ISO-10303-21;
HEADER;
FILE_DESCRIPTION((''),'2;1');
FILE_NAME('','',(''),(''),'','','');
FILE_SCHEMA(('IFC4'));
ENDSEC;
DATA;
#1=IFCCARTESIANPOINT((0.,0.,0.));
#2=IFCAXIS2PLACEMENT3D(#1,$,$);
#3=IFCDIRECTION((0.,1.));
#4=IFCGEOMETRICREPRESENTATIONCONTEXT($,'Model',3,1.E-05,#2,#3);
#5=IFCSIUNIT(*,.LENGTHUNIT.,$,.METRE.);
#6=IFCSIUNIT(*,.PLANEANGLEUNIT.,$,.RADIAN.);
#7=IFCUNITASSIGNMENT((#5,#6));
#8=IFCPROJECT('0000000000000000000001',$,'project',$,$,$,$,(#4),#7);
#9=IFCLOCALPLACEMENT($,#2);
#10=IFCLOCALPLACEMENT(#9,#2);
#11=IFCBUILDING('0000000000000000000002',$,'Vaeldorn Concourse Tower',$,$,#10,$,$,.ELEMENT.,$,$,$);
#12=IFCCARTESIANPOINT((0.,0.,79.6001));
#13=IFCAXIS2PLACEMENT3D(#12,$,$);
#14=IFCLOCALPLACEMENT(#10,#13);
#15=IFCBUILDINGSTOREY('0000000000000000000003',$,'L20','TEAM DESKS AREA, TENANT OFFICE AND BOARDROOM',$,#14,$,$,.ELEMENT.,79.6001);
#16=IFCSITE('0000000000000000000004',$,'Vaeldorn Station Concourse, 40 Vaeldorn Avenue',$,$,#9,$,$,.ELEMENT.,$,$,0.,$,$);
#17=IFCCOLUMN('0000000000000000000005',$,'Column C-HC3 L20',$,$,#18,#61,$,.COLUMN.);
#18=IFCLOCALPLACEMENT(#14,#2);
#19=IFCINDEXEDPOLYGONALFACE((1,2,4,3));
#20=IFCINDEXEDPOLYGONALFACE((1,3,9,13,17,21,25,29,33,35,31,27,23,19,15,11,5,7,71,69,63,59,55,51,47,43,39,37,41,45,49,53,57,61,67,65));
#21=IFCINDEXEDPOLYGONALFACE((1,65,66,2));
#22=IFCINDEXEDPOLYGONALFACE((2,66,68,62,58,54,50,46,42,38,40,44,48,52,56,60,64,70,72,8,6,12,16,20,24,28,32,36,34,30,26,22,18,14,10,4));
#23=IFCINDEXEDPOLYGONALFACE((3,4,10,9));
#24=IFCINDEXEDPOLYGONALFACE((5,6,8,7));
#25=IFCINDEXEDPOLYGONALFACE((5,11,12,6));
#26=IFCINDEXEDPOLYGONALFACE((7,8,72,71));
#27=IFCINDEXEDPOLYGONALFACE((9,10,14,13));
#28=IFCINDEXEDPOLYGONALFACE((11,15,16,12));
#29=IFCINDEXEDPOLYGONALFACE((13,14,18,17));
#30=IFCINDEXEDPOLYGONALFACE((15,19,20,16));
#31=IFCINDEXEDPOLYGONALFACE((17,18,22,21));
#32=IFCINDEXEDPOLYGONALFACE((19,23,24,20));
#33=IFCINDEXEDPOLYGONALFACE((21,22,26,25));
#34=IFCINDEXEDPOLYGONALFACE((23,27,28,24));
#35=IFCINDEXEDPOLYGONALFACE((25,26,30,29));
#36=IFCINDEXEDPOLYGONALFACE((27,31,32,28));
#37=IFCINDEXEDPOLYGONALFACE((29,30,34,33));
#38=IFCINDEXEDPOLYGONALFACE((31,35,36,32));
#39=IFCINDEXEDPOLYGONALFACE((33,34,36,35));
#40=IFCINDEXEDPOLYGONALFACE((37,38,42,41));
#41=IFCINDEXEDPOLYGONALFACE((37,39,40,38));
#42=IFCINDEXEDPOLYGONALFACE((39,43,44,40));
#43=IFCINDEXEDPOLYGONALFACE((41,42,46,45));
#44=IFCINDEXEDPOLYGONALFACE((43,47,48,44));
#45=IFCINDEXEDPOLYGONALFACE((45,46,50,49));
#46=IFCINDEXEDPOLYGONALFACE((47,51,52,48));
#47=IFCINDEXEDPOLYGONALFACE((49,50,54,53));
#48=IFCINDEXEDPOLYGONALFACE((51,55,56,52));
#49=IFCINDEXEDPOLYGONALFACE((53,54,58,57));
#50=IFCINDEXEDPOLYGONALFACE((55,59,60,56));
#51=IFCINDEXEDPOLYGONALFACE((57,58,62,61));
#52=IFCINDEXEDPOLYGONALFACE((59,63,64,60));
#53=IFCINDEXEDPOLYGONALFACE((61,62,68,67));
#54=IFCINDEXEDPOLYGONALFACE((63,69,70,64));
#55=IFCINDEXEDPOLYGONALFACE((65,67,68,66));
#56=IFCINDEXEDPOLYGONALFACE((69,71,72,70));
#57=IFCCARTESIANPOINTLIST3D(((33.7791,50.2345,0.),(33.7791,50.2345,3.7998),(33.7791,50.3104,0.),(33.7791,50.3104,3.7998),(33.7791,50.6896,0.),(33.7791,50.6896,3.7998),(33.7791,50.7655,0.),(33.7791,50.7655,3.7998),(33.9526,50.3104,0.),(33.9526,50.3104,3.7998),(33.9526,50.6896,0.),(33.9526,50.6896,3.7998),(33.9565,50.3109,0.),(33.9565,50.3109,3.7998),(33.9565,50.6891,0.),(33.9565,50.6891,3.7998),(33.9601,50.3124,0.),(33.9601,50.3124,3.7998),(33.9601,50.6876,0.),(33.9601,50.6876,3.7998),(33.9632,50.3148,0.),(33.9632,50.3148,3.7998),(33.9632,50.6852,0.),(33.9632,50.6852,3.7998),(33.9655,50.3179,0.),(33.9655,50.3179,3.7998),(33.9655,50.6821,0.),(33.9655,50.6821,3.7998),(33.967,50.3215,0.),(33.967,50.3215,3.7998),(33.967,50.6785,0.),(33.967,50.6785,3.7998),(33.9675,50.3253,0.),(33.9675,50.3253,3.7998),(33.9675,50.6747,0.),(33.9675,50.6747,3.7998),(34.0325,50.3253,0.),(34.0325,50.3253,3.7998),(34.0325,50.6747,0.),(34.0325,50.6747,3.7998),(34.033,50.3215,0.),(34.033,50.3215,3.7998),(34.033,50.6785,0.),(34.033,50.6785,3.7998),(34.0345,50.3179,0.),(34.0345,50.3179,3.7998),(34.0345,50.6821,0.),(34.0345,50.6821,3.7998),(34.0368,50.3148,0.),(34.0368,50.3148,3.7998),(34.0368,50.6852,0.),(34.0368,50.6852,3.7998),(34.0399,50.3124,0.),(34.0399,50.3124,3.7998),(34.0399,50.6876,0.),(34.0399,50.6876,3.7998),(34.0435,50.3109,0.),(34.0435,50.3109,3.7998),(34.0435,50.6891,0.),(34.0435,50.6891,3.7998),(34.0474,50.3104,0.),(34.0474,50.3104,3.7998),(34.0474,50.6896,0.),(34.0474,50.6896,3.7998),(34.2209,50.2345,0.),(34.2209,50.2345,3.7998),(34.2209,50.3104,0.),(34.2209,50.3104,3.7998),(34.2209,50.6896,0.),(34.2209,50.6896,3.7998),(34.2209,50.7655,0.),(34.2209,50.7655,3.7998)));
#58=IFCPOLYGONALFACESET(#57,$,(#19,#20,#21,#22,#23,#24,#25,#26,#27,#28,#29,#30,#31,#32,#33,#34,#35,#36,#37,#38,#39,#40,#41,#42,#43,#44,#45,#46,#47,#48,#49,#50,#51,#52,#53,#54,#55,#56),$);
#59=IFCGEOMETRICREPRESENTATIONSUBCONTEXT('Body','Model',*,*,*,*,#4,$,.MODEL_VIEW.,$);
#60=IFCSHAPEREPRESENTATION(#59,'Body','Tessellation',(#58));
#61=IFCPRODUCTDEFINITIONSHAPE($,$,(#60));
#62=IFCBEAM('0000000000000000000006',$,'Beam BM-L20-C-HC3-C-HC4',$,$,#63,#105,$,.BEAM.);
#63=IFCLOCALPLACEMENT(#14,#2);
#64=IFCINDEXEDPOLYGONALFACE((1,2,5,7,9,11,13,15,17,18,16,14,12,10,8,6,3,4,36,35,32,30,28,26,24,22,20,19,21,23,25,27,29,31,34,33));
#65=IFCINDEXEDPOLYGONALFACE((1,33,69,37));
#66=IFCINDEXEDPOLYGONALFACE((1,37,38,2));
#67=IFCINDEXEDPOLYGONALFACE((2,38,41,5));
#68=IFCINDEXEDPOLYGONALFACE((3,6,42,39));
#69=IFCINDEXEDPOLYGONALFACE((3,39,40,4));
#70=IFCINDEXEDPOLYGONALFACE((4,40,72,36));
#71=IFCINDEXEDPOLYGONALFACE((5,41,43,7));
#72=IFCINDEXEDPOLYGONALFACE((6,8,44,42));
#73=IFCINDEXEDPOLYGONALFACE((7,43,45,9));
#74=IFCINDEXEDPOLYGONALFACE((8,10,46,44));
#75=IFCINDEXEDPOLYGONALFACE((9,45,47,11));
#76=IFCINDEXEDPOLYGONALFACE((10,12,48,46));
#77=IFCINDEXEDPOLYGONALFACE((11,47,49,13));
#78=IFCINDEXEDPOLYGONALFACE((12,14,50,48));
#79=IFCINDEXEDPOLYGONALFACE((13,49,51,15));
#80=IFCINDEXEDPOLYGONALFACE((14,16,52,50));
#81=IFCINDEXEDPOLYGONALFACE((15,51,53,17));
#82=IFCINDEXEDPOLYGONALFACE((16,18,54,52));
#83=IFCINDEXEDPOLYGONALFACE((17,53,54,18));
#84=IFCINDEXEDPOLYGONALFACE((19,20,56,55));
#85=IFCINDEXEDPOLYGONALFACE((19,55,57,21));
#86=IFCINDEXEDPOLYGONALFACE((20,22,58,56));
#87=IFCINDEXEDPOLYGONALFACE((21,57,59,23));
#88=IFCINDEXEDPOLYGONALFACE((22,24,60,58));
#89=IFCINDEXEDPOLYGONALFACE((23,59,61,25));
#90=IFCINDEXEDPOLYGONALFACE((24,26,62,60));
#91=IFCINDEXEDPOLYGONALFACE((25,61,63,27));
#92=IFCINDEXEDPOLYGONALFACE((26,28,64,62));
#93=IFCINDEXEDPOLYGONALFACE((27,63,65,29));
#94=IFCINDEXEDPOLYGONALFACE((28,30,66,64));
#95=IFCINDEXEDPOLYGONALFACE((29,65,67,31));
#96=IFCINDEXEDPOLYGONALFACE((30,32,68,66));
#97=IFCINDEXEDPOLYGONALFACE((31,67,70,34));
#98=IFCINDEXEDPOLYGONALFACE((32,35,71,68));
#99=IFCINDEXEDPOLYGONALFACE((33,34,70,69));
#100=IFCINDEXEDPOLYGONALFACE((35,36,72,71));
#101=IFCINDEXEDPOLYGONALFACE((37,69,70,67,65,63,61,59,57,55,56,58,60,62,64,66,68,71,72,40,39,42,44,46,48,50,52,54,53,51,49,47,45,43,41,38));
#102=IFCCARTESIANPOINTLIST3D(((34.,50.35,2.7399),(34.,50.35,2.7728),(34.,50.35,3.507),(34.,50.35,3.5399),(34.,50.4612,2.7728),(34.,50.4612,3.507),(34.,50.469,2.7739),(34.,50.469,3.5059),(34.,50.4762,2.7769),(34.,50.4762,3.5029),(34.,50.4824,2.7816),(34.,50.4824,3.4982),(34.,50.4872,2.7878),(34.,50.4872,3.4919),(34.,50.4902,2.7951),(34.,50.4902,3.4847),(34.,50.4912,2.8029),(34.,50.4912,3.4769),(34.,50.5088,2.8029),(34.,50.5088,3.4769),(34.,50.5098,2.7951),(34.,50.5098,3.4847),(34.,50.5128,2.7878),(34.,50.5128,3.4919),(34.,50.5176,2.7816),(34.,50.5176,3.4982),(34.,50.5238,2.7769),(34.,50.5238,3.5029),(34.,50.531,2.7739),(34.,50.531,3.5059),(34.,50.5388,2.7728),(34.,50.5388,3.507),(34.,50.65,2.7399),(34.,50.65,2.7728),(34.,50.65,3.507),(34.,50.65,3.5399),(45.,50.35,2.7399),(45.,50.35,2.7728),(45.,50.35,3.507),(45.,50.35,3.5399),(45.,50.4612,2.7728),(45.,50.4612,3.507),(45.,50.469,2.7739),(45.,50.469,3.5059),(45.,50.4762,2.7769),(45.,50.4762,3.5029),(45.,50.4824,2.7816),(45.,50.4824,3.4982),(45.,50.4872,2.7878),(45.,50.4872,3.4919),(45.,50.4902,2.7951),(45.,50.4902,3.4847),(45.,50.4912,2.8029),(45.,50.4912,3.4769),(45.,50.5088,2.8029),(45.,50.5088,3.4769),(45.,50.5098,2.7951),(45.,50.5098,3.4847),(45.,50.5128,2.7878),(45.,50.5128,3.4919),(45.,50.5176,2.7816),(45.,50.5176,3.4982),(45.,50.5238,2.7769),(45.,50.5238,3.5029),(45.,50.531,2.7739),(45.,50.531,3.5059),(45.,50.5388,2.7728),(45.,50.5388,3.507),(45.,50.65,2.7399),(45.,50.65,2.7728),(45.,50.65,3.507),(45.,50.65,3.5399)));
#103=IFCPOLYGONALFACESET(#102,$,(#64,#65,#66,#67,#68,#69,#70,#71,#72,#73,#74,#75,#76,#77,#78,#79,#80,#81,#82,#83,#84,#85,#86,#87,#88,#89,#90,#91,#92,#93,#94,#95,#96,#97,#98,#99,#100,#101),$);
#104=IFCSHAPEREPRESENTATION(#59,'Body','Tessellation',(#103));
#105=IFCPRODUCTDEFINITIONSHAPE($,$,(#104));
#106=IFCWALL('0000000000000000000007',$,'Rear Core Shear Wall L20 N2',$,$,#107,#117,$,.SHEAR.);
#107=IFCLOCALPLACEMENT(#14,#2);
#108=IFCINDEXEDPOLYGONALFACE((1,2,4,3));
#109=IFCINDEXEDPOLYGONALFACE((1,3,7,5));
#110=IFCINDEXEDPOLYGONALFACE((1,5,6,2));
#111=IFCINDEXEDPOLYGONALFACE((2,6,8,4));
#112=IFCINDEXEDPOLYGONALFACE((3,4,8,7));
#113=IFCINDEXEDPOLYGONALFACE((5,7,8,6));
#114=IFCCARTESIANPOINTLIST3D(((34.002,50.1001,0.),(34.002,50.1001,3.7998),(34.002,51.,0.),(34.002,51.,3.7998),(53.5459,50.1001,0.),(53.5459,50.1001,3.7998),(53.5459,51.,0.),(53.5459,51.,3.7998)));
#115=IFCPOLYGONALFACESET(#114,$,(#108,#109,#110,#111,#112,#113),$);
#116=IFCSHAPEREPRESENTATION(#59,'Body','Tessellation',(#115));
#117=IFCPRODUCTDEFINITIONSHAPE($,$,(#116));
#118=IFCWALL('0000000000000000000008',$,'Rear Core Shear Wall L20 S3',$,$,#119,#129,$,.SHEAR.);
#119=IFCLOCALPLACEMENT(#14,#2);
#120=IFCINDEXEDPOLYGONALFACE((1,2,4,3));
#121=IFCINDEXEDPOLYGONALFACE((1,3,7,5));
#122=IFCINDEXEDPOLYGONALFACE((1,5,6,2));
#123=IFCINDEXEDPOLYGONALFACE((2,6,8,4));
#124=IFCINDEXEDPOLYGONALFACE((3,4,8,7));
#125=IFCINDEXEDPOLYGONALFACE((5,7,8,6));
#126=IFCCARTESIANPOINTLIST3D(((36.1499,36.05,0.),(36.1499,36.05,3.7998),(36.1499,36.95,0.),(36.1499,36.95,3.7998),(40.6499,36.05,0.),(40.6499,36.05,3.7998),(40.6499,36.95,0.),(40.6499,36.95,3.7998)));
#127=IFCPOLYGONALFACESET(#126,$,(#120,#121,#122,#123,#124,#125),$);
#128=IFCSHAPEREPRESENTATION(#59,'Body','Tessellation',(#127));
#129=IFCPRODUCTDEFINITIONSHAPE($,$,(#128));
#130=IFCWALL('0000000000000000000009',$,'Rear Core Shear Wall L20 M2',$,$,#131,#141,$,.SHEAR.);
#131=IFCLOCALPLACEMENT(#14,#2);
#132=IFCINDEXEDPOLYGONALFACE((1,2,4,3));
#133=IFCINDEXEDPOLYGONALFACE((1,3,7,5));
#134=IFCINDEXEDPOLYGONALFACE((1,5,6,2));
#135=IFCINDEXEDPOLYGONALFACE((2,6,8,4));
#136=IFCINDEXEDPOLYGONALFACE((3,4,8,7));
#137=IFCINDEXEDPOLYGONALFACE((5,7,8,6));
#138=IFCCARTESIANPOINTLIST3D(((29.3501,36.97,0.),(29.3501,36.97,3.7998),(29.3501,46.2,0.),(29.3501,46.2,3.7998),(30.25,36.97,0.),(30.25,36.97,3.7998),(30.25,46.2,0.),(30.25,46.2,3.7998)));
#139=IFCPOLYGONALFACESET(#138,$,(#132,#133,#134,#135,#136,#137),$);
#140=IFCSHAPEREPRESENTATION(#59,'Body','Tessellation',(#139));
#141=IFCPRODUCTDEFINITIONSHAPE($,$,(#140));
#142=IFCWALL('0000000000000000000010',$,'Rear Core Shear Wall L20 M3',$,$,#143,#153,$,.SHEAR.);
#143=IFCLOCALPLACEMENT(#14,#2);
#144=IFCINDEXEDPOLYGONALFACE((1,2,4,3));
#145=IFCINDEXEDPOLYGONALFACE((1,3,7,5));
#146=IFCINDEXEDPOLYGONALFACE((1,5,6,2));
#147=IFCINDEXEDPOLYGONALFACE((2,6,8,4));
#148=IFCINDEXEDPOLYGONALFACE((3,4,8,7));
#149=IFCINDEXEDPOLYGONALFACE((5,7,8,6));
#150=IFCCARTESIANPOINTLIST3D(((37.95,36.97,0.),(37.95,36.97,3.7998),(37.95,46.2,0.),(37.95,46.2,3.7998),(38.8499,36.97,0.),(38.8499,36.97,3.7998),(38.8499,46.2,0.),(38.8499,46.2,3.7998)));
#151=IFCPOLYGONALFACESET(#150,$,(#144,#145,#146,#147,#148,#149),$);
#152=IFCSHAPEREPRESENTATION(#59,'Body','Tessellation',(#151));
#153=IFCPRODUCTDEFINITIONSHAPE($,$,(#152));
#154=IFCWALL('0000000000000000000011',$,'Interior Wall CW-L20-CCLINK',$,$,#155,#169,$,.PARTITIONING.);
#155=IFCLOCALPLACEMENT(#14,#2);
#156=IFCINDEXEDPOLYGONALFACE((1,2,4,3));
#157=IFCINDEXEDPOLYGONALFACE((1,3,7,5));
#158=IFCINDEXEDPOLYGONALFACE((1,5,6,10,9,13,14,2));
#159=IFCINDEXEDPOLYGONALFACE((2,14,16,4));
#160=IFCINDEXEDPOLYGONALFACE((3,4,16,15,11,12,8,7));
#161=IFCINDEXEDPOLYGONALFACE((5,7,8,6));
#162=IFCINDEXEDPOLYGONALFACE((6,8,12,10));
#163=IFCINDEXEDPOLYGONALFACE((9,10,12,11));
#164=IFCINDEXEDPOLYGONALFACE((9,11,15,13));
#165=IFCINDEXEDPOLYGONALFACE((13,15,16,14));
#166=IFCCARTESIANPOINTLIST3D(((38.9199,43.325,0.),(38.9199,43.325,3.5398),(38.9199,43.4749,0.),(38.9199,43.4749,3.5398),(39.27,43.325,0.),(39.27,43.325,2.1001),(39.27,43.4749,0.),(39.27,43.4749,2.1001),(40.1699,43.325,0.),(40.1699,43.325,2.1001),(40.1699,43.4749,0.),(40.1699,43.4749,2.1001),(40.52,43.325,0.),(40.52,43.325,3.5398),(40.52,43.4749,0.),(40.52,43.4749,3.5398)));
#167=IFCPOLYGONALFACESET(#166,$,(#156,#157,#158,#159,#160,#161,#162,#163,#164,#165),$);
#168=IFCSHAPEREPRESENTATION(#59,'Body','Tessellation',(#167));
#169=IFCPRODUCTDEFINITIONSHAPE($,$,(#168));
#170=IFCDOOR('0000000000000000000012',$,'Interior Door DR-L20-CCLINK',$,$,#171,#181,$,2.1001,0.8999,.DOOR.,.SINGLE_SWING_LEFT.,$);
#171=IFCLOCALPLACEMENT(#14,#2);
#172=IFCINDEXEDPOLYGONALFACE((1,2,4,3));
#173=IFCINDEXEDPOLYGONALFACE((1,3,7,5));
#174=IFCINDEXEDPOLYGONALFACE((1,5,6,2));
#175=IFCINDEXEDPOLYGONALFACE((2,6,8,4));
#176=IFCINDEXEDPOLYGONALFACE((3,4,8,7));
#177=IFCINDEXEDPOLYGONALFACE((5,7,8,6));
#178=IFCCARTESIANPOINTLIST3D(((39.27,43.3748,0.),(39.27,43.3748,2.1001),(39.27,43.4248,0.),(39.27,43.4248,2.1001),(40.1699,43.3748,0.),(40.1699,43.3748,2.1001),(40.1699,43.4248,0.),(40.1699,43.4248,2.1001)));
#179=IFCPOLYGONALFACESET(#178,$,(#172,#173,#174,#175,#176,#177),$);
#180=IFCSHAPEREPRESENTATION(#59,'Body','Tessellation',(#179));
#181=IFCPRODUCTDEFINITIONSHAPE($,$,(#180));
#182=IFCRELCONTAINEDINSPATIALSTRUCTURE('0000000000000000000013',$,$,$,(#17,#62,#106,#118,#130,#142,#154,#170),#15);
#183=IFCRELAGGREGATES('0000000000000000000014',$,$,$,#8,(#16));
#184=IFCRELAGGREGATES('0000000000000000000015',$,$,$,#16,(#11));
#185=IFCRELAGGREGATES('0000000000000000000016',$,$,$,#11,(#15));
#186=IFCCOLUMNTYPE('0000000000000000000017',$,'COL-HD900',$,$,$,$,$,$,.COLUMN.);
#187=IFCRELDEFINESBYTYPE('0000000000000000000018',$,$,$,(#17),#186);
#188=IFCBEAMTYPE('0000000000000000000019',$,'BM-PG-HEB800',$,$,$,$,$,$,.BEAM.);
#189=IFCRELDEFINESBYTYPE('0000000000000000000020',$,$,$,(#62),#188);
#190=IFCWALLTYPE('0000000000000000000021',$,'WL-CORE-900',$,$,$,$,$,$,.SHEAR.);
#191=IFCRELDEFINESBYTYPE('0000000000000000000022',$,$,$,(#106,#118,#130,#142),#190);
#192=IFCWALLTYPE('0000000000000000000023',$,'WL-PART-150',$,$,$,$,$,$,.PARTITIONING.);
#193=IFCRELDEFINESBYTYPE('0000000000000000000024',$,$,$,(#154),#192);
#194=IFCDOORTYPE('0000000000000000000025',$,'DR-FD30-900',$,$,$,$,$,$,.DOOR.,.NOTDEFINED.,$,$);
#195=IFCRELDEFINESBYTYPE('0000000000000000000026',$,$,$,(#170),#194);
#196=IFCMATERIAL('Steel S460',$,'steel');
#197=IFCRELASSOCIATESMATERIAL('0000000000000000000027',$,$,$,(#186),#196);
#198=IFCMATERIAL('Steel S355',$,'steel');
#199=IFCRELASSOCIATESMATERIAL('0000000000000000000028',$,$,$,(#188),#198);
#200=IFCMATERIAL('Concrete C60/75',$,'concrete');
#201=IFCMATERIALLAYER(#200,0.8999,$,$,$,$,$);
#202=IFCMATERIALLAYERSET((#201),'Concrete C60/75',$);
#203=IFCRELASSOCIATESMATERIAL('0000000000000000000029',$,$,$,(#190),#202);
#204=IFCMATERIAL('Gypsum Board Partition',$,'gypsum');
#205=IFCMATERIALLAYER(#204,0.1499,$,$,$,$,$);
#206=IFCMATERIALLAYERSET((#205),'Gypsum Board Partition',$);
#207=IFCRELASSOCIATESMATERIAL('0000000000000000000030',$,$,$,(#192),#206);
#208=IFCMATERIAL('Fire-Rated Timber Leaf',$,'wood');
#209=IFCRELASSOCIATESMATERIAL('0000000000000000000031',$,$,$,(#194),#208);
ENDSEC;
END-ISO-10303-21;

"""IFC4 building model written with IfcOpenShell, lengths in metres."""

from ifc_helpers import new_model, si_unit, direction, frame, frame_2d, origin, origin_2d, place, context, subcontext, project, spatial, rectangle, i_section, extrude, source, transform, mapped, material, layer, layer_set, material_profile, profile_set, type_object, element, fill, save


model = new_model("IFC4")

# Units and contexts
model_context = context("Model", 3, precision=1e-05, world=origin(), true_north=direction((0.0, 1.0)))
body_context = subcontext(model_context, "Body", "Model", "MODEL_VIEW")
ifc_project = project(units=[si_unit("LENGTHUNIT", "METRE"), si_unit("PLANEANGLEUNIT", "RADIAN")], contexts=[model_context])

# Site, building, storey
site_placement = place(None, origin())
site = spatial("IfcSite", under=ifc_project, at=site_placement, Name="Vaeldorn Station Concourse, 40 Vaeldorn Avenue", CompositionType="ELEMENT", RefElevation=0.0)
building_placement = place(site_placement, origin())
building = spatial("IfcBuilding", under=site, at=building_placement, Name="Vaeldorn Concourse Tower", CompositionType="ELEMENT")
storey_placement = place(building_placement, frame((0.0, 0.0, 79.6001)))
storey = spatial("IfcBuildingStorey", under=building, at=storey_placement, Name="L20", Description="TEAM DESKS AREA, TENANT OFFICE AND BOARDROOM", CompositionType="ELEMENT", Elevation=79.6001)

# Column
ifc_material_1 = material(Name="Steel S460", Category="steel")
ifc_material_profile_1 = material_profile(ifc_material_1, i_section(OverallWidth=0.4419, OverallDepth=0.531, WebThickness=0.0649, FlangeThickness=0.0759, FilletRadius=0.0149, at=origin_2d()), Name="HD 400x900")
ifc_profile_set_1 = profile_set([ifc_material_profile_1], Name="Steel S460")
column_type = type_object("IfcColumnType", Name="COL-HD900", PredefinedType="COLUMN", material=ifc_profile_set_1)
shared_shape_1 = source(origin(), body_context, "Body", "SweptSolid", [
    extrude(i_section(OverallWidth=0.4419, OverallDepth=0.531, WebThickness=0.0649, FlangeThickness=0.0759, FilletRadius=0.0149, at=origin_2d()), origin(), (0.0, 0.0, 1.0), 3.7998),
])
column_placement = place(storey_placement, frame((34.0, 50.5, 0.0), z_axis=(0.0, 0.0, 1.0), x_axis=(1.0, 0.0, 0.0)))
element("IfcColumn", 1, at=column_placement, inside=storey, type_object=column_type, Name="Column C-HC3 L20", PredefinedType="COLUMN", context=body_context, shape_type="MappedRepresentation", body=[
    mapped(shared_shape_1, transform((0.0, 0.0, 0.0), scale=1.0)),
])

# Beam
ifc_material_2 = material(Name="Steel S355", Category="steel")
ifc_material_profile_2 = material_profile(ifc_material_2, i_section(OverallWidth=0.3, OverallDepth=0.8, WebThickness=0.0176, FlangeThickness=0.033, FilletRadius=0.03, at=origin_2d()), Name="HEB 800")
ifc_profile_set_2 = profile_set([ifc_material_profile_2], Name="Steel S355")
beam_type = type_object("IfcBeamType", Name="BM-PG-HEB800", PredefinedType="BEAM", material=ifc_profile_set_2)
shared_shape_2 = source(origin(), body_context, "Body", "SweptSolid", [
    extrude(i_section(OverallWidth=0.3, OverallDepth=0.8, WebThickness=0.0176, FlangeThickness=0.033, FilletRadius=0.03, at=origin_2d()), origin(), (0.0, 0.0, 1.0), 11.0),
])
beam_placement = place(storey_placement, frame((34.0, 50.5, 3.1399), z_axis=(1.0, 0.0, 0.0), x_axis=(0.0, 1.0, 0.0)))
element("IfcBeam", 2, at=beam_placement, inside=storey, type_object=beam_type, Name="Beam BM-L20-C-HC3-C-HC4", PredefinedType="BEAM", context=body_context, shape_type="MappedRepresentation", body=[
    mapped(shared_shape_2, transform((0.0, 0.0, 0.0), scale=1.0)),
])

# Walls
ifc_material_3 = material(Name="Concrete C60/75", Category="concrete")
ifc_layer_1 = layer(ifc_material_3, 0.8999)
ifc_layer_set_1 = layer_set([ifc_layer_1], Name="Concrete C60/75")
wall_type_1 = type_object("IfcWallType", Name="WL-CORE-900", PredefinedType="SHEAR", material=ifc_layer_set_1)
wall_1_placement = place(storey_placement, frame((34.002, 50.55, 0.0), z_axis=(0.0, 0.0, 1.0), x_axis=(1.0, 0.0, 0.0)))
element("IfcWall", 3, at=wall_1_placement, inside=storey, type_object=wall_type_1, Name="Rear Core Shear Wall L20 N2", PredefinedType="SHEAR", context=body_context, shape_type="SweptSolid", body=[
    extrude(rectangle(XDim=19.5439, YDim=0.8999, at=frame_2d((9.772, 0.0))), origin(), (0.0, 0.0, 1.0), 3.7998),
])
wall_2_placement = place(storey_placement, frame((36.1499, 36.5, 0.0), z_axis=(0.0, 0.0, 1.0), x_axis=(1.0, 0.0, 0.0)))
element("IfcWall", 4, at=wall_2_placement, inside=storey, type_object=wall_type_1, Name="Rear Core Shear Wall L20 S3", PredefinedType="SHEAR", context=body_context, shape_type="SweptSolid", body=[
    extrude(rectangle(XDim=4.5, YDim=0.8999, at=frame_2d((2.25, 0.0))), origin(), (0.0, 0.0, 1.0), 3.7998),
])
for number, where, z_axis, x_axis, name in (
    (5, (29.8, 36.97, 0.0), (0.0, 0.0, 1.0), (0.0, 1.0, 0.0), "Rear Core Shear Wall L20 M2"),
    (6, (38.3999, 36.97, 0.0), (0.0, 0.0, 1.0), (0.0, 1.0, 0.0), "Rear Core Shear Wall L20 M3"),
):
    element("IfcWall", number, at=place(storey_placement, frame(where, z_axis=z_axis, x_axis=x_axis)), inside=storey, type_object=wall_type_1, Name=name, PredefinedType="SHEAR", context=body_context, shape_type="SweptSolid", body=[
        extrude(rectangle(XDim=9.23, YDim=0.8999, at=frame_2d((4.615, 0.0))), origin(), (0.0, 0.0, 1.0), 3.7998),
    ])

# Wall, opening, door
ifc_material_4 = material(Name="Gypsum Board Partition", Category="gypsum")
ifc_layer_2 = layer(ifc_material_4, 0.1499)
ifc_layer_set_2 = layer_set([ifc_layer_2], Name="Gypsum Board Partition")
wall_type_2 = type_object("IfcWallType", Name="WL-PART-150", PredefinedType="PARTITIONING", material=ifc_layer_set_2)
wall_3_placement = place(storey_placement, frame((38.9199, 43.3999, 0.0), z_axis=(0.0, 0.0, 1.0), x_axis=(1.0, 0.0, 0.0)))
wall_3 = element("IfcWall", 7, at=wall_3_placement, inside=storey, type_object=wall_type_2, Name="Interior Wall CW-L20-CCLINK", PredefinedType="PARTITIONING", context=body_context, shape_type="SweptSolid", body=[
    extrude(rectangle(XDim=1.6001, YDim=0.1499, at=frame_2d((0.8, 0.0))), origin(), (0.0, 0.0, 1.0), 3.5398),
])
opening_placement = place(wall_3_placement, frame((0.3501, 0.0, 0.0)))
opening = element("IfcOpeningElement", 8, at=opening_placement, cuts=wall_3, PredefinedType="OPENING", context=body_context, shape_type="SweptSolid", body=[
    extrude(rectangle(XDim=0.8999, YDim=2.1001, at=frame_2d((0.45, 1.05))), frame((0.0, 0.085, 0.0), z_axis=(0.0, -1.0, 0.0), x_axis=(1.0, 0.0, 0.0)), (0.0, 0.0, 1.0), 0.1699),
])
ifc_material_5 = material(Name="Fire-Rated Timber Leaf", Category="wood")
door_type = type_object("IfcDoorType", Name="DR-FD30-900", OperationType="NOTDEFINED", PredefinedType="DOOR", material=ifc_material_5)
shared_shape_3 = source(origin(), body_context, "Body", "SweptSolid", [
    extrude(rectangle(XDim=0.8999, YDim=2.1001, at=frame_2d((0.45, 1.05))), frame((0.0, 0.0249, 0.0), z_axis=(0.0, -1.0, 0.0), x_axis=(1.0, 0.0, 0.0)), (0.0, 0.0, 1.0), 0.05),
])
door_placement = place(opening_placement, origin())
door = element("IfcDoor", 9, at=door_placement, inside=storey, type_object=door_type, Name="Interior Door DR-L20-CCLINK", OperationType="SINGLE_SWING_LEFT", OverallHeight=2.1001, OverallWidth=0.8999, PredefinedType="DOOR", context=body_context, shape_type="MappedRepresentation", body=[
    mapped(shared_shape_3, transform((0.0, 0.0, 0.0), scale=1.0)),
])
fill(opening, door)

save(model, "model.ifc")
